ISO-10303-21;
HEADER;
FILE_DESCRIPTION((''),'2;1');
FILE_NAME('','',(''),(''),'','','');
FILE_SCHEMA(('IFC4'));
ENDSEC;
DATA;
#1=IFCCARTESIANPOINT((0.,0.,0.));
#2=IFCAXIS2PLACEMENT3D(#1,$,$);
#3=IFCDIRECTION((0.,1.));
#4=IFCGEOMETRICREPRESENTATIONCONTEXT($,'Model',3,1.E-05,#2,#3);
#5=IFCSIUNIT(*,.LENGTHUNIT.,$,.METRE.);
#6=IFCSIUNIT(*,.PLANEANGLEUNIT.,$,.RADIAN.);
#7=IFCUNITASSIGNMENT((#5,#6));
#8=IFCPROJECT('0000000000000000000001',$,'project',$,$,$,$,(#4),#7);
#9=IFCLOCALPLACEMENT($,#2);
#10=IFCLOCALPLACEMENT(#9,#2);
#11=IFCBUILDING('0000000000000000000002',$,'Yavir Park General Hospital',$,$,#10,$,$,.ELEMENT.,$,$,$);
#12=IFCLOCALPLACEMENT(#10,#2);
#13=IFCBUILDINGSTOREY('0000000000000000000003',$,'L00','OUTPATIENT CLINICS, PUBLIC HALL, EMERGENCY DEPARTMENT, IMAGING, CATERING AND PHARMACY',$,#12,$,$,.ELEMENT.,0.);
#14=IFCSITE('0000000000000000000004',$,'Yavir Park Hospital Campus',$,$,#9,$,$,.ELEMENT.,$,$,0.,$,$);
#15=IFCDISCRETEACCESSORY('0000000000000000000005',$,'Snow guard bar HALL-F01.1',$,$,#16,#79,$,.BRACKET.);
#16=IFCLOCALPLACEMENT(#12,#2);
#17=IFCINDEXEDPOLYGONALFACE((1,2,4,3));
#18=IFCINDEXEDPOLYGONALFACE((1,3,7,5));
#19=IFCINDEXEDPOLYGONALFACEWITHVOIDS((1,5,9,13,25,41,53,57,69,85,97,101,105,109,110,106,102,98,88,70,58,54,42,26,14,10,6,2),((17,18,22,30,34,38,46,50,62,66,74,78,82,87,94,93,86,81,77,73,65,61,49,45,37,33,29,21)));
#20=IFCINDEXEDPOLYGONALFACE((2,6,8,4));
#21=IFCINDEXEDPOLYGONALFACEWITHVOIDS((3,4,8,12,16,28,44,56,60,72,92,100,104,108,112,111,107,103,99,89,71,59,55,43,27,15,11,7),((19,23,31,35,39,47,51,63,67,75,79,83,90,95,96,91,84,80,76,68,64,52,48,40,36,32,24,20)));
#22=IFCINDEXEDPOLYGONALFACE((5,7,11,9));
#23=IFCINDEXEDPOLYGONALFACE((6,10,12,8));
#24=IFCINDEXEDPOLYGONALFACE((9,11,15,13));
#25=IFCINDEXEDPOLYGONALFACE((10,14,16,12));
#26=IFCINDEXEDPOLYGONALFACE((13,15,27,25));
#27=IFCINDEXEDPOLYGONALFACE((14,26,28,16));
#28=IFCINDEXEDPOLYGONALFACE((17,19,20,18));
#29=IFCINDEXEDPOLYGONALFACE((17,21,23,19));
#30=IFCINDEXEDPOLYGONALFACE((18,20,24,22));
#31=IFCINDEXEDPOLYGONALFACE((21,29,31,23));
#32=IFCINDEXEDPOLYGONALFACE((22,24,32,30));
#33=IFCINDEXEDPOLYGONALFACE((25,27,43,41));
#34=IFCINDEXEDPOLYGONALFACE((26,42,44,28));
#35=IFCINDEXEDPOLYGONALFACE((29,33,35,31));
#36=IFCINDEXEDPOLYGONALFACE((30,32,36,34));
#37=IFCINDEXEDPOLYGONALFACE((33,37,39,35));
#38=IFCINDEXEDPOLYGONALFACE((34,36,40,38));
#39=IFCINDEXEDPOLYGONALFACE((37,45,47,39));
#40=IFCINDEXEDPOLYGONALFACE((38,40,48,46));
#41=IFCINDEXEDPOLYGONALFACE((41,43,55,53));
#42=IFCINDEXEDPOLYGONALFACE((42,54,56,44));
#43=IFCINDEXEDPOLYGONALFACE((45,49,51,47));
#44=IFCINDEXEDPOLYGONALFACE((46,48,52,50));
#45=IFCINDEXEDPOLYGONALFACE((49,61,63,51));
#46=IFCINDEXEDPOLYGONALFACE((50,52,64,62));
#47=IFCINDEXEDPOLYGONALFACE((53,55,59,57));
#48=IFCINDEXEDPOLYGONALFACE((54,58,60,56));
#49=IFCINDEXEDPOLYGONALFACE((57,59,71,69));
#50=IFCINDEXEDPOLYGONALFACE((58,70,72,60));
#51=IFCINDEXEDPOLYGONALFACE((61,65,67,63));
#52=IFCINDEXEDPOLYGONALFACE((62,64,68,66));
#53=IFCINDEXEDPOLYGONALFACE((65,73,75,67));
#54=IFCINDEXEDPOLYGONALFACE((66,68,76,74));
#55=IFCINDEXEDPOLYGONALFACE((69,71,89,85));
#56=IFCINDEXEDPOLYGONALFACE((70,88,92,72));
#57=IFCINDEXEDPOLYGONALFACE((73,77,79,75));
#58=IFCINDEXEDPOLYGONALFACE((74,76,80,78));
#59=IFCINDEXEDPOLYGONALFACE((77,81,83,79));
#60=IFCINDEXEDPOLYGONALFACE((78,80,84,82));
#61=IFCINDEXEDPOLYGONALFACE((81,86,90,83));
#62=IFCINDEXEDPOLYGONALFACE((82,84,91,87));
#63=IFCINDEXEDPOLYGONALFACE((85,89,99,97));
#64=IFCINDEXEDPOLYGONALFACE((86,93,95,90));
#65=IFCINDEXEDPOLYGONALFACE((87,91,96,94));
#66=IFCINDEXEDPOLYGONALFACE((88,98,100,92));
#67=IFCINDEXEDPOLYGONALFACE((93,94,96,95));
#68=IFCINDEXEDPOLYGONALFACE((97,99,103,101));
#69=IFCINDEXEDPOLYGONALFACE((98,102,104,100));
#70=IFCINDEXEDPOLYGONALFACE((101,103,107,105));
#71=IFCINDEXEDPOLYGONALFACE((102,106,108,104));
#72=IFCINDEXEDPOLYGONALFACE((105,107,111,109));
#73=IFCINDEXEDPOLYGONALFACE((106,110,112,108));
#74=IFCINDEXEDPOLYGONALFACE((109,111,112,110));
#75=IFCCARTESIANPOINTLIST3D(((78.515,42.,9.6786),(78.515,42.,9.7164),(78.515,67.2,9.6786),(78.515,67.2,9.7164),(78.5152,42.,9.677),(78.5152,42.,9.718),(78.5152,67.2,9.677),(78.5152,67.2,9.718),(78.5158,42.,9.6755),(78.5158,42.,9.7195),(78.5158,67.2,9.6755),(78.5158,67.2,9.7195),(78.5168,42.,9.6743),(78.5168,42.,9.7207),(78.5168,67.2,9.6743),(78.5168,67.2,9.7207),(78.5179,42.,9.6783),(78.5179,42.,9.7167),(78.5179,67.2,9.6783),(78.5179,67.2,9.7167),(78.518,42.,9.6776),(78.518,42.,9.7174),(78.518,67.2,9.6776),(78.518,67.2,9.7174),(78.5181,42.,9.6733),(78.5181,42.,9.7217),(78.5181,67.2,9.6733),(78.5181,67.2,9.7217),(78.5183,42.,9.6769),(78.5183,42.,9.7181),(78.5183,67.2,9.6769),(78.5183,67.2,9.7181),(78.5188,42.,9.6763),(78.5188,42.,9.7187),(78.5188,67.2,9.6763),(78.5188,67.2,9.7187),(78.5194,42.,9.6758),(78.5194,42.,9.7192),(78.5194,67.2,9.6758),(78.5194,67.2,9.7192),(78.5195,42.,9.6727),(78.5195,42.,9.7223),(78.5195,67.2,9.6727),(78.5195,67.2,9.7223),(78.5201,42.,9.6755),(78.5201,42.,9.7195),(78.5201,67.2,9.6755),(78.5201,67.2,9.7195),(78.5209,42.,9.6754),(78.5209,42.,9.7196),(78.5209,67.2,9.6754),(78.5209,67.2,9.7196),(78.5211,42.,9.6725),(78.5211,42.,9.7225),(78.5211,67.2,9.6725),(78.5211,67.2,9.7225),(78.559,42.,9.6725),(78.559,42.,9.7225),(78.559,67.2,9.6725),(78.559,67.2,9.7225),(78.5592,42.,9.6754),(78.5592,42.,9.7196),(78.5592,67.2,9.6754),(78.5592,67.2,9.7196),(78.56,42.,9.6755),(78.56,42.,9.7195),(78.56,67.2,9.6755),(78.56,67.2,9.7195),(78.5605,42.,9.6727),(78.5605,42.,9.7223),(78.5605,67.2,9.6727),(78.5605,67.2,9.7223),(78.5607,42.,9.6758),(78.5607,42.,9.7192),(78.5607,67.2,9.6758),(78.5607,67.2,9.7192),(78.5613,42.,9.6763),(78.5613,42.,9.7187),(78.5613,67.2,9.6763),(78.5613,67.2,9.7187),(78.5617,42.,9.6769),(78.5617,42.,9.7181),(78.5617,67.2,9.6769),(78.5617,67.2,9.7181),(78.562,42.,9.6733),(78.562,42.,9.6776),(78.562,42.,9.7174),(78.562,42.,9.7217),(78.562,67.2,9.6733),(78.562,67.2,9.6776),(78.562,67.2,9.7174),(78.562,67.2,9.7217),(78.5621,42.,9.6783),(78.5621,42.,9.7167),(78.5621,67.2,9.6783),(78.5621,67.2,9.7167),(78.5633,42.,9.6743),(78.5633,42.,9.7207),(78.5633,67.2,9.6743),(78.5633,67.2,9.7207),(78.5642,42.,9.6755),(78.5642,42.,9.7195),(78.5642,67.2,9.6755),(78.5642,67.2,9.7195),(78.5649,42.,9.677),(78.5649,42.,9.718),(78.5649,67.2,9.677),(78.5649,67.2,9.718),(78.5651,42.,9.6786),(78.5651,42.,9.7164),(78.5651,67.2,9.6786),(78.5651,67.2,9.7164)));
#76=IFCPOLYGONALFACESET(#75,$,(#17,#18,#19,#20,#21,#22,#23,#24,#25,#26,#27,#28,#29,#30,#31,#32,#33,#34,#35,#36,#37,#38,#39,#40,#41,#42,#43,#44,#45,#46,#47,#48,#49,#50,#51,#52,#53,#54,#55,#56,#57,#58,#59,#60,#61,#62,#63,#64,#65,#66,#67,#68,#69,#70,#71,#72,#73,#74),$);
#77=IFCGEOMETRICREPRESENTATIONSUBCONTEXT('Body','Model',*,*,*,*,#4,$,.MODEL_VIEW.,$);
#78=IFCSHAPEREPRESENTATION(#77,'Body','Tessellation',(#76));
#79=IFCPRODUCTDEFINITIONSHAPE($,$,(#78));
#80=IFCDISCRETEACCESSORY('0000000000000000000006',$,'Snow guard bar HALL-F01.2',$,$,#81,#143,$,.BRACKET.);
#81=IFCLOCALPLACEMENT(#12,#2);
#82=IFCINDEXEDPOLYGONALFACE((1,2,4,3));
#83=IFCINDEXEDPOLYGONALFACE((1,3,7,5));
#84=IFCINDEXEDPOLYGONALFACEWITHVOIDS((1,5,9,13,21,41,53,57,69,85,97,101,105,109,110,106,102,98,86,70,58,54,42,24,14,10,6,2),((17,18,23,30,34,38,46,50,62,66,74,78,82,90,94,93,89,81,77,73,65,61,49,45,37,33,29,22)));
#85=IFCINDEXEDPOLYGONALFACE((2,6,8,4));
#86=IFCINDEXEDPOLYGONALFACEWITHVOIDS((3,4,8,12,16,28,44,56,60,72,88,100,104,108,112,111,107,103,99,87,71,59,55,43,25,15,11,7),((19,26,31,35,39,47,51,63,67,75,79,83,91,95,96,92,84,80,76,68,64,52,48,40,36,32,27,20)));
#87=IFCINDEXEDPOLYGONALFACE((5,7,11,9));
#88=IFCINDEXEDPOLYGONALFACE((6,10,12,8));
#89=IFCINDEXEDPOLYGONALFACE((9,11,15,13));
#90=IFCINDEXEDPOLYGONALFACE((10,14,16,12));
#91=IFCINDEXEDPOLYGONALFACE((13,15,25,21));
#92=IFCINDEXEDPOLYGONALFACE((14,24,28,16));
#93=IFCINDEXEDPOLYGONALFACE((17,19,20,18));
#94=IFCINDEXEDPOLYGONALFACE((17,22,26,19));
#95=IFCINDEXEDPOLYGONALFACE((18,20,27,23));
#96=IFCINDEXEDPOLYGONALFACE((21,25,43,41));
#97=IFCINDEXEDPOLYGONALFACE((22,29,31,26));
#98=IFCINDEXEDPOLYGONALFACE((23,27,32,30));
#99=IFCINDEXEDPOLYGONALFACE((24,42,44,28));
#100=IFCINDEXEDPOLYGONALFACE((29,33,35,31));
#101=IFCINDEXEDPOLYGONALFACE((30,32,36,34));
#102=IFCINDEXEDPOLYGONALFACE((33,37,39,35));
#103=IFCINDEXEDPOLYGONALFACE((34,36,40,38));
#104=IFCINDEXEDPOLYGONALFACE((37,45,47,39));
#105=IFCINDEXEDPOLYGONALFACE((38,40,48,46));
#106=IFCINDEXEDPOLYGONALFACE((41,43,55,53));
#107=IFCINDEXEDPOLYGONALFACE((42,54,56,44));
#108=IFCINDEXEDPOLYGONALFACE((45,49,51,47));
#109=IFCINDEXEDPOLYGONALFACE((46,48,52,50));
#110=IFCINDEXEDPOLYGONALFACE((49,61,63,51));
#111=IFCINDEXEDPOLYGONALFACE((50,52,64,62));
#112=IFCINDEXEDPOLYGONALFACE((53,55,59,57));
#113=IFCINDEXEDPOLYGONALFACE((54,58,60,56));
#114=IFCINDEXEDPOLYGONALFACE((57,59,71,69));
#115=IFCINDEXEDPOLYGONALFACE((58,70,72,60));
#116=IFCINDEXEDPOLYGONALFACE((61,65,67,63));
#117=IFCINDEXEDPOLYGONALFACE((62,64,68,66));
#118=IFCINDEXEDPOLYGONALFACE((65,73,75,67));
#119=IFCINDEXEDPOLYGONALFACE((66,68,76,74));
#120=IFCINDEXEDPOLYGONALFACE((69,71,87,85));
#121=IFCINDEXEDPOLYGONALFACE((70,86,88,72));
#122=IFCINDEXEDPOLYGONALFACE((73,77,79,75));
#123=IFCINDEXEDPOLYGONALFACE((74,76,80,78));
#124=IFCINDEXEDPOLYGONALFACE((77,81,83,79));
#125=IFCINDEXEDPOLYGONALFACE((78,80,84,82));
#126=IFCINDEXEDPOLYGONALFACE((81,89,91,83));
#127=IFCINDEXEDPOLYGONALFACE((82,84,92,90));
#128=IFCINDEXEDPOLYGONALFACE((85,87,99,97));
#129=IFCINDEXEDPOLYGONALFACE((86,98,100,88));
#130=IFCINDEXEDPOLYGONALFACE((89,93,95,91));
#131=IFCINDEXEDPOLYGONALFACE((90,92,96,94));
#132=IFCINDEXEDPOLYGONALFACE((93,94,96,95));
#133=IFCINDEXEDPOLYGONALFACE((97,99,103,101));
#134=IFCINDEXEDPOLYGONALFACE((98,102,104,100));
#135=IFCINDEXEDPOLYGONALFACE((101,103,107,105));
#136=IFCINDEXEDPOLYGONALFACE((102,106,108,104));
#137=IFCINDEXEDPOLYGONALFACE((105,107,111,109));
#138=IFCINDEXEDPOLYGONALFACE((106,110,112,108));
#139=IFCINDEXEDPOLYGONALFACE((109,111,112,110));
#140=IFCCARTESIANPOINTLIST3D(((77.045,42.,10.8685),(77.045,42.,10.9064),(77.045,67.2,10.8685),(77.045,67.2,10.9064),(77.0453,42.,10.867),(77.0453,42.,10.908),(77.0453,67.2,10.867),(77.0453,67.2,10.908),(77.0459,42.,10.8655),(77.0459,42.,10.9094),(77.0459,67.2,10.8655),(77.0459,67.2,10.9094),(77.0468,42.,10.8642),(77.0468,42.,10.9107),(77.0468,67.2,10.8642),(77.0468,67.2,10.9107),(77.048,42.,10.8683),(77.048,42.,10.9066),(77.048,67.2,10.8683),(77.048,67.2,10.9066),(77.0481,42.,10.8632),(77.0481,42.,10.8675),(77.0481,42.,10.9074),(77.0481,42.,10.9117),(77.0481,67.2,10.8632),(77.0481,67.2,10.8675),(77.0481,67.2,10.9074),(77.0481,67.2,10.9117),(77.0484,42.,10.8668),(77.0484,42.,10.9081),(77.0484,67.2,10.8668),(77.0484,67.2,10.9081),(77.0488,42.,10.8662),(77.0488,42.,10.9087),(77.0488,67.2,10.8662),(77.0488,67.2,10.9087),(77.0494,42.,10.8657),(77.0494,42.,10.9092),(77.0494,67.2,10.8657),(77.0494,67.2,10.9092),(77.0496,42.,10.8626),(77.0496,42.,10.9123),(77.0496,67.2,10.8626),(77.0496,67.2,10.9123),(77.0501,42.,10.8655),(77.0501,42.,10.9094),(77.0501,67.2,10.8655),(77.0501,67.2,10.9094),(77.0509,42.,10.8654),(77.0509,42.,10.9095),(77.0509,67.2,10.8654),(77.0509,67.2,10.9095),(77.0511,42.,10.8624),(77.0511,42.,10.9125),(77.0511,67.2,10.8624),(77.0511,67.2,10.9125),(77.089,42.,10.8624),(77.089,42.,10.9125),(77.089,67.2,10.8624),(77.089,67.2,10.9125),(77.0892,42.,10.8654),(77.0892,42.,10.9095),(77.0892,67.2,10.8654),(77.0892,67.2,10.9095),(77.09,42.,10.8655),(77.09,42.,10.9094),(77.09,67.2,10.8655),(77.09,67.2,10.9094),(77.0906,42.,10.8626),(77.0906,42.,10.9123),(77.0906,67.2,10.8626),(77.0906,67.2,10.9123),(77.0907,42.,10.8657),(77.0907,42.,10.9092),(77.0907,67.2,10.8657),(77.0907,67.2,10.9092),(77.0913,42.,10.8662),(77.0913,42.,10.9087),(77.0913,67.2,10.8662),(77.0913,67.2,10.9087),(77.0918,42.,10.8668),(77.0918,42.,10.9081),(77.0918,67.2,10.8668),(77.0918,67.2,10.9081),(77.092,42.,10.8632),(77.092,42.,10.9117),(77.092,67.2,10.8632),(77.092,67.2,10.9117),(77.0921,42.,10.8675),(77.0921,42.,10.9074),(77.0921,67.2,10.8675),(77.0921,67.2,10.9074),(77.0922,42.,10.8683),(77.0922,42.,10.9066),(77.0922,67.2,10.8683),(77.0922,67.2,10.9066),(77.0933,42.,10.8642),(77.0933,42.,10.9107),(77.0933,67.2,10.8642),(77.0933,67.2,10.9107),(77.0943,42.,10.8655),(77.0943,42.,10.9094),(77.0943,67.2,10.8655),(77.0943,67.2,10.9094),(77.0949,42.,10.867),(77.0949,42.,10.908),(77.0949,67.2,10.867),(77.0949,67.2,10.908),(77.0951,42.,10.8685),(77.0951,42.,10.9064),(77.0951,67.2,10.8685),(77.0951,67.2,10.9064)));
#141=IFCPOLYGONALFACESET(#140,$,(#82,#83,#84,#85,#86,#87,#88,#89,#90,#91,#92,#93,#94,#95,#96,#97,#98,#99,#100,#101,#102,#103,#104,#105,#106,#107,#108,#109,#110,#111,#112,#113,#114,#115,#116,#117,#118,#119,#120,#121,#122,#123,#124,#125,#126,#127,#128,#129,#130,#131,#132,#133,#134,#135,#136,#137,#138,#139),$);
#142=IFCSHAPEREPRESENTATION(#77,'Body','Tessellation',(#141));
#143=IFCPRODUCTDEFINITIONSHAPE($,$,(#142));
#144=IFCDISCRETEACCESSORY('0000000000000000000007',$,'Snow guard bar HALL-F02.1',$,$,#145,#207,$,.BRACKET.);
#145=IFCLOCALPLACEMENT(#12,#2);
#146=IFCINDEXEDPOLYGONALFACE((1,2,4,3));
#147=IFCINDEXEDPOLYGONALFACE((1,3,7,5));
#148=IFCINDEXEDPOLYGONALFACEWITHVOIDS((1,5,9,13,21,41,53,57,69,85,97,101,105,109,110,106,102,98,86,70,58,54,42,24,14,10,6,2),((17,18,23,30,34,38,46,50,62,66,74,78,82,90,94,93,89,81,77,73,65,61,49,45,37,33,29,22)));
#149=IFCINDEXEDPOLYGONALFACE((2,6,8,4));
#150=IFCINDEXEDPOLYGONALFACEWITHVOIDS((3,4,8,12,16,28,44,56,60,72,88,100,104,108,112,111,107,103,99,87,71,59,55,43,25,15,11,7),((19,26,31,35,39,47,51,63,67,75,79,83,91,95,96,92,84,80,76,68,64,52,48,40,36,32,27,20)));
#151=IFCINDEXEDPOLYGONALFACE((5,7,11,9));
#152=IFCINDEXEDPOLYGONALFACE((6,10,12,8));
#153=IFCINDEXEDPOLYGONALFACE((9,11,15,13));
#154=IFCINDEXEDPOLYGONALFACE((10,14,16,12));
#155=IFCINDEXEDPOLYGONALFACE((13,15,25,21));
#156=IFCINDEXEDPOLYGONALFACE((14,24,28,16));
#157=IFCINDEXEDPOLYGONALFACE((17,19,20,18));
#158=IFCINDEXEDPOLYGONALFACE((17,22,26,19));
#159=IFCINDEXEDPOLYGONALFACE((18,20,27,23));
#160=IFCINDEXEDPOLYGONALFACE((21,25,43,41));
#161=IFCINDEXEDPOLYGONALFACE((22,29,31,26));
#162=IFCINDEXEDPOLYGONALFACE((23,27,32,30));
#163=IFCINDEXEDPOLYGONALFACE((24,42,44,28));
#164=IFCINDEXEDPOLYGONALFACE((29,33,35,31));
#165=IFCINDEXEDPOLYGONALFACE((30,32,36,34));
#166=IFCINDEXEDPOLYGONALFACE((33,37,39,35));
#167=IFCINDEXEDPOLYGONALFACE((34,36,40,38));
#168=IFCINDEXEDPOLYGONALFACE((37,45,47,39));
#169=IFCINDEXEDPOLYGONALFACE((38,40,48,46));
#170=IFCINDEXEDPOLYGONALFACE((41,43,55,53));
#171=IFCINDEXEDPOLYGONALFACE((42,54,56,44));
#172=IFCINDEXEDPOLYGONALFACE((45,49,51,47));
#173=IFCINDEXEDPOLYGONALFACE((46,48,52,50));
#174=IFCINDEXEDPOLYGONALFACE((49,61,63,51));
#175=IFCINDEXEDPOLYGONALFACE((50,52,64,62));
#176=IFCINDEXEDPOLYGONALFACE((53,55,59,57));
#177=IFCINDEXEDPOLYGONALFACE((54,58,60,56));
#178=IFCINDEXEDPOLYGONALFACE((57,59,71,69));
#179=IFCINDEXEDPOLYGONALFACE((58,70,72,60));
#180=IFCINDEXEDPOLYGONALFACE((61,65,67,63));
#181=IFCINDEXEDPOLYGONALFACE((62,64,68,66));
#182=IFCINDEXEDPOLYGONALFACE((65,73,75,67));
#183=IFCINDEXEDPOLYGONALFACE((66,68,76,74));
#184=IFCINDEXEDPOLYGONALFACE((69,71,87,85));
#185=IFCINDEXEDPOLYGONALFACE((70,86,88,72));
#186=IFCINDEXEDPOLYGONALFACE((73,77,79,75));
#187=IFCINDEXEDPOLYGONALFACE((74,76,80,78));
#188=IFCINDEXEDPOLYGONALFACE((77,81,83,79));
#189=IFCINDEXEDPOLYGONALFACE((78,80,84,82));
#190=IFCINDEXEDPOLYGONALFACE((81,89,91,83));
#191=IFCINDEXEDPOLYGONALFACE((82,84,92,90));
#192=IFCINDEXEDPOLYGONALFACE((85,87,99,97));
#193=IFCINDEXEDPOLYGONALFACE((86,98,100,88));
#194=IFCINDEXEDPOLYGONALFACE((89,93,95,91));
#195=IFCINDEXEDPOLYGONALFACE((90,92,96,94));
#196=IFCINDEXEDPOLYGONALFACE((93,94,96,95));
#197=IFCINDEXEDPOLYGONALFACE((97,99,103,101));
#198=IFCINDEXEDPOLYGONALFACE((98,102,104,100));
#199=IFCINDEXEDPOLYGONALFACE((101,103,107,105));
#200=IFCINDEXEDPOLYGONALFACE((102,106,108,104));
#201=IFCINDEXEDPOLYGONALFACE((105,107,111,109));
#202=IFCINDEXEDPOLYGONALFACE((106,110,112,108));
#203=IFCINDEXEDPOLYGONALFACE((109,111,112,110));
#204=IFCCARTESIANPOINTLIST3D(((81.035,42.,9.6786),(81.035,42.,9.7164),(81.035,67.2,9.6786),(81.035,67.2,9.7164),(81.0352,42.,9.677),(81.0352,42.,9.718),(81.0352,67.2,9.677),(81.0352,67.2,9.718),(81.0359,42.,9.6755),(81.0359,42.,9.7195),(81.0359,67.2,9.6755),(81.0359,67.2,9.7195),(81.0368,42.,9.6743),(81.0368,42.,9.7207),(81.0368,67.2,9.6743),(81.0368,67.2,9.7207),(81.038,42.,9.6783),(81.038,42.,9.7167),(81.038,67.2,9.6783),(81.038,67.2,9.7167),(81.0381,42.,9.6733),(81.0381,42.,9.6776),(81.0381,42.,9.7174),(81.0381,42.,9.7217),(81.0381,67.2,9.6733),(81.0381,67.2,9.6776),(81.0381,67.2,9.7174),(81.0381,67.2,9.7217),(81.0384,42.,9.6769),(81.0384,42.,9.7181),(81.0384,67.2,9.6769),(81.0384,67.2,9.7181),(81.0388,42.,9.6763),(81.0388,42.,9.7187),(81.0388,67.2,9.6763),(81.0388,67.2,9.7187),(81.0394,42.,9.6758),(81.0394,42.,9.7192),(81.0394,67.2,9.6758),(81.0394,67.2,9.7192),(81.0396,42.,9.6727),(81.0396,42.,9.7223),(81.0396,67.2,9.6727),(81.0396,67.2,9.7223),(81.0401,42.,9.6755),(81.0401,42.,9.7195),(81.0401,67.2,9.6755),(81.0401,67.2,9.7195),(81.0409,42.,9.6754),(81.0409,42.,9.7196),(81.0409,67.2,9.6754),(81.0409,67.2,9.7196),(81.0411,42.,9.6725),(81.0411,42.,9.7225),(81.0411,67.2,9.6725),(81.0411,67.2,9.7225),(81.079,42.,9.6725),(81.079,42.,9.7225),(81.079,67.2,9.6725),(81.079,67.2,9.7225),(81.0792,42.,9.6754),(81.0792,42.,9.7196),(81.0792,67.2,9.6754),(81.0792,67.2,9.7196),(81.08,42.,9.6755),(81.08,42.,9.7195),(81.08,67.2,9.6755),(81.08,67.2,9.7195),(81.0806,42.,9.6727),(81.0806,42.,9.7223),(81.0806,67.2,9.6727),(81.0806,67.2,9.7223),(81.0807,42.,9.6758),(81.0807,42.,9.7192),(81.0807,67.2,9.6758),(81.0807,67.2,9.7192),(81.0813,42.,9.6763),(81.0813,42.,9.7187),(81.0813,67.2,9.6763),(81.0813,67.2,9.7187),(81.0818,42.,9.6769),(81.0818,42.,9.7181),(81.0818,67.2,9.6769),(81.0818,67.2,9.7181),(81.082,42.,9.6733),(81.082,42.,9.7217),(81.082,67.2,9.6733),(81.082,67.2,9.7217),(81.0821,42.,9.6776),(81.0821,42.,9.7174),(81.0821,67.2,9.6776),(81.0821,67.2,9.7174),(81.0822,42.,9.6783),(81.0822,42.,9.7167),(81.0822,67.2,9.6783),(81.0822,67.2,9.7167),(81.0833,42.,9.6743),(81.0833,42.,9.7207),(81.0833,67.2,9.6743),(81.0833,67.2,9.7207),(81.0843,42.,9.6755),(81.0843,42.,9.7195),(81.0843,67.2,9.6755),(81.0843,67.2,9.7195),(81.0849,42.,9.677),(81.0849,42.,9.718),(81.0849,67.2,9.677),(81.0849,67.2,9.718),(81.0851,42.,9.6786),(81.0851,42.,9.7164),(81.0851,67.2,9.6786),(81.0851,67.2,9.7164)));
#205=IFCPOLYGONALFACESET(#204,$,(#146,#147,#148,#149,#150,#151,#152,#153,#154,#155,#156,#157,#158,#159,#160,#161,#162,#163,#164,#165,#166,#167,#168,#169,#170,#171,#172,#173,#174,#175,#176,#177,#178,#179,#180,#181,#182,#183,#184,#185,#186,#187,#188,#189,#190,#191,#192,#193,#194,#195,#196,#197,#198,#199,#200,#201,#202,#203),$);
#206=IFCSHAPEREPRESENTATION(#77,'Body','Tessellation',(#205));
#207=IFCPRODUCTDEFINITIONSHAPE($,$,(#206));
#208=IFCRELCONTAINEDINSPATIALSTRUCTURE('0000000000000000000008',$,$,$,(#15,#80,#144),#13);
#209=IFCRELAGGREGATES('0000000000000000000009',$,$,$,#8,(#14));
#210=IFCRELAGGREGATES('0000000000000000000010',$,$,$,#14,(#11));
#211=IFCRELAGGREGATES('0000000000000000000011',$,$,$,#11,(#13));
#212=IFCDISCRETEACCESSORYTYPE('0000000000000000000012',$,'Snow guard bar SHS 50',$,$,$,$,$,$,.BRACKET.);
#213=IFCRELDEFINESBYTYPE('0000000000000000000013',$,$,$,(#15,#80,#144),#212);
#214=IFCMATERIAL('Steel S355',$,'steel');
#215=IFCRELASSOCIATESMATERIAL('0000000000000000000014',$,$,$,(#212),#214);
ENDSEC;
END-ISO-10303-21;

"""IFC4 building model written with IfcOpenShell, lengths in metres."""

from ifc_helpers import new_model, si_unit, direction, frame, origin, origin_2d, place, context, subcontext, project, spatial, hollow_rectangle, extrude, material, material_profile, profile_set, type_object, element, save


model = new_model("IFC4")

# Units and contexts
model_context = context("Model", 3, precision=1e-05, world=origin(), true_north=direction((0.0, 1.0)))
body_context = subcontext(model_context, "Body", "Model", "MODEL_VIEW")
ifc_project = project(units=[si_unit("LENGTHUNIT", "METRE"), si_unit("PLANEANGLEUNIT", "RADIAN")], contexts=[model_context])

# Site, building, storey
site_placement = place(None, origin())
site = spatial("IfcSite", under=ifc_project, at=site_placement, Name="Yavir Park Hospital Campus", CompositionType="ELEMENT", RefElevation=0.0)
building_placement = place(site_placement, origin())
building = spatial("IfcBuilding", under=site, at=building_placement, Name="Yavir Park General Hospital", CompositionType="ELEMENT")
storey_placement = place(building_placement, origin())
storey = spatial("IfcBuildingStorey", under=building, at=storey_placement, Name="L00", Description="OUTPATIENT CLINICS, PUBLIC HALL, EMERGENCY DEPARTMENT, IMAGING, CATERING AND PHARMACY", CompositionType="ELEMENT", Elevation=0.0)

# Discrete accessories
ifc_material_1 = material(Name="Steel S355", Category="steel")
ifc_material_profile_1 = material_profile(ifc_material_1, hollow_rectangle(XDim=0.05, YDim=0.05, WallThickness=0.0029, InnerFilletRadius=0.0029, OuterFilletRadius=0.0061, at=origin_2d()), Name="RHS50x50x3")
ifc_profile_set_1 = profile_set([ifc_material_profile_1], Name="Steel S355")
discrete_accessory_type_1 = type_object("IfcDiscreteAccessoryType", Name="Snow guard bar SHS 50", PredefinedType="BRACKET", material=ifc_profile_set_1)
for number, where, z_axis, x_axis, name in (
    (1, (78.54, 42.0, 9.6975), (0.0, 1.0, 0.0), (-1.0, 0.0, 0.0), "Snow guard bar HALL-F01.1"),
    (2, (77.0701, 42.0, 10.8875), (0.0, 1.0, 0.0), (-1.0, 0.0, 0.0), "Snow guard bar HALL-F01.2"),
    (3, (81.0601, 42.0, 9.6975), (0.0, 1.0, 0.0), (-1.0, 0.0, 0.0), "Snow guard bar HALL-F02.1"),
):
    element("IfcDiscreteAccessory", number, at=place(storey_placement, frame(where, z_axis=z_axis, x_axis=x_axis)), inside=storey, type_object=discrete_accessory_type_1, Name=name, PredefinedType="BRACKET", context=body_context, shape_type="SweptSolid", body=[
        extrude(hollow_rectangle(XDim=0.05, YDim=0.05, WallThickness=0.0029, InnerFilletRadius=0.0029, OuterFilletRadius=0.0061, at=origin_2d()), origin(), (0.0, 0.0, 1.0), 25.2),
    ])

save(model, "model.ifc")
